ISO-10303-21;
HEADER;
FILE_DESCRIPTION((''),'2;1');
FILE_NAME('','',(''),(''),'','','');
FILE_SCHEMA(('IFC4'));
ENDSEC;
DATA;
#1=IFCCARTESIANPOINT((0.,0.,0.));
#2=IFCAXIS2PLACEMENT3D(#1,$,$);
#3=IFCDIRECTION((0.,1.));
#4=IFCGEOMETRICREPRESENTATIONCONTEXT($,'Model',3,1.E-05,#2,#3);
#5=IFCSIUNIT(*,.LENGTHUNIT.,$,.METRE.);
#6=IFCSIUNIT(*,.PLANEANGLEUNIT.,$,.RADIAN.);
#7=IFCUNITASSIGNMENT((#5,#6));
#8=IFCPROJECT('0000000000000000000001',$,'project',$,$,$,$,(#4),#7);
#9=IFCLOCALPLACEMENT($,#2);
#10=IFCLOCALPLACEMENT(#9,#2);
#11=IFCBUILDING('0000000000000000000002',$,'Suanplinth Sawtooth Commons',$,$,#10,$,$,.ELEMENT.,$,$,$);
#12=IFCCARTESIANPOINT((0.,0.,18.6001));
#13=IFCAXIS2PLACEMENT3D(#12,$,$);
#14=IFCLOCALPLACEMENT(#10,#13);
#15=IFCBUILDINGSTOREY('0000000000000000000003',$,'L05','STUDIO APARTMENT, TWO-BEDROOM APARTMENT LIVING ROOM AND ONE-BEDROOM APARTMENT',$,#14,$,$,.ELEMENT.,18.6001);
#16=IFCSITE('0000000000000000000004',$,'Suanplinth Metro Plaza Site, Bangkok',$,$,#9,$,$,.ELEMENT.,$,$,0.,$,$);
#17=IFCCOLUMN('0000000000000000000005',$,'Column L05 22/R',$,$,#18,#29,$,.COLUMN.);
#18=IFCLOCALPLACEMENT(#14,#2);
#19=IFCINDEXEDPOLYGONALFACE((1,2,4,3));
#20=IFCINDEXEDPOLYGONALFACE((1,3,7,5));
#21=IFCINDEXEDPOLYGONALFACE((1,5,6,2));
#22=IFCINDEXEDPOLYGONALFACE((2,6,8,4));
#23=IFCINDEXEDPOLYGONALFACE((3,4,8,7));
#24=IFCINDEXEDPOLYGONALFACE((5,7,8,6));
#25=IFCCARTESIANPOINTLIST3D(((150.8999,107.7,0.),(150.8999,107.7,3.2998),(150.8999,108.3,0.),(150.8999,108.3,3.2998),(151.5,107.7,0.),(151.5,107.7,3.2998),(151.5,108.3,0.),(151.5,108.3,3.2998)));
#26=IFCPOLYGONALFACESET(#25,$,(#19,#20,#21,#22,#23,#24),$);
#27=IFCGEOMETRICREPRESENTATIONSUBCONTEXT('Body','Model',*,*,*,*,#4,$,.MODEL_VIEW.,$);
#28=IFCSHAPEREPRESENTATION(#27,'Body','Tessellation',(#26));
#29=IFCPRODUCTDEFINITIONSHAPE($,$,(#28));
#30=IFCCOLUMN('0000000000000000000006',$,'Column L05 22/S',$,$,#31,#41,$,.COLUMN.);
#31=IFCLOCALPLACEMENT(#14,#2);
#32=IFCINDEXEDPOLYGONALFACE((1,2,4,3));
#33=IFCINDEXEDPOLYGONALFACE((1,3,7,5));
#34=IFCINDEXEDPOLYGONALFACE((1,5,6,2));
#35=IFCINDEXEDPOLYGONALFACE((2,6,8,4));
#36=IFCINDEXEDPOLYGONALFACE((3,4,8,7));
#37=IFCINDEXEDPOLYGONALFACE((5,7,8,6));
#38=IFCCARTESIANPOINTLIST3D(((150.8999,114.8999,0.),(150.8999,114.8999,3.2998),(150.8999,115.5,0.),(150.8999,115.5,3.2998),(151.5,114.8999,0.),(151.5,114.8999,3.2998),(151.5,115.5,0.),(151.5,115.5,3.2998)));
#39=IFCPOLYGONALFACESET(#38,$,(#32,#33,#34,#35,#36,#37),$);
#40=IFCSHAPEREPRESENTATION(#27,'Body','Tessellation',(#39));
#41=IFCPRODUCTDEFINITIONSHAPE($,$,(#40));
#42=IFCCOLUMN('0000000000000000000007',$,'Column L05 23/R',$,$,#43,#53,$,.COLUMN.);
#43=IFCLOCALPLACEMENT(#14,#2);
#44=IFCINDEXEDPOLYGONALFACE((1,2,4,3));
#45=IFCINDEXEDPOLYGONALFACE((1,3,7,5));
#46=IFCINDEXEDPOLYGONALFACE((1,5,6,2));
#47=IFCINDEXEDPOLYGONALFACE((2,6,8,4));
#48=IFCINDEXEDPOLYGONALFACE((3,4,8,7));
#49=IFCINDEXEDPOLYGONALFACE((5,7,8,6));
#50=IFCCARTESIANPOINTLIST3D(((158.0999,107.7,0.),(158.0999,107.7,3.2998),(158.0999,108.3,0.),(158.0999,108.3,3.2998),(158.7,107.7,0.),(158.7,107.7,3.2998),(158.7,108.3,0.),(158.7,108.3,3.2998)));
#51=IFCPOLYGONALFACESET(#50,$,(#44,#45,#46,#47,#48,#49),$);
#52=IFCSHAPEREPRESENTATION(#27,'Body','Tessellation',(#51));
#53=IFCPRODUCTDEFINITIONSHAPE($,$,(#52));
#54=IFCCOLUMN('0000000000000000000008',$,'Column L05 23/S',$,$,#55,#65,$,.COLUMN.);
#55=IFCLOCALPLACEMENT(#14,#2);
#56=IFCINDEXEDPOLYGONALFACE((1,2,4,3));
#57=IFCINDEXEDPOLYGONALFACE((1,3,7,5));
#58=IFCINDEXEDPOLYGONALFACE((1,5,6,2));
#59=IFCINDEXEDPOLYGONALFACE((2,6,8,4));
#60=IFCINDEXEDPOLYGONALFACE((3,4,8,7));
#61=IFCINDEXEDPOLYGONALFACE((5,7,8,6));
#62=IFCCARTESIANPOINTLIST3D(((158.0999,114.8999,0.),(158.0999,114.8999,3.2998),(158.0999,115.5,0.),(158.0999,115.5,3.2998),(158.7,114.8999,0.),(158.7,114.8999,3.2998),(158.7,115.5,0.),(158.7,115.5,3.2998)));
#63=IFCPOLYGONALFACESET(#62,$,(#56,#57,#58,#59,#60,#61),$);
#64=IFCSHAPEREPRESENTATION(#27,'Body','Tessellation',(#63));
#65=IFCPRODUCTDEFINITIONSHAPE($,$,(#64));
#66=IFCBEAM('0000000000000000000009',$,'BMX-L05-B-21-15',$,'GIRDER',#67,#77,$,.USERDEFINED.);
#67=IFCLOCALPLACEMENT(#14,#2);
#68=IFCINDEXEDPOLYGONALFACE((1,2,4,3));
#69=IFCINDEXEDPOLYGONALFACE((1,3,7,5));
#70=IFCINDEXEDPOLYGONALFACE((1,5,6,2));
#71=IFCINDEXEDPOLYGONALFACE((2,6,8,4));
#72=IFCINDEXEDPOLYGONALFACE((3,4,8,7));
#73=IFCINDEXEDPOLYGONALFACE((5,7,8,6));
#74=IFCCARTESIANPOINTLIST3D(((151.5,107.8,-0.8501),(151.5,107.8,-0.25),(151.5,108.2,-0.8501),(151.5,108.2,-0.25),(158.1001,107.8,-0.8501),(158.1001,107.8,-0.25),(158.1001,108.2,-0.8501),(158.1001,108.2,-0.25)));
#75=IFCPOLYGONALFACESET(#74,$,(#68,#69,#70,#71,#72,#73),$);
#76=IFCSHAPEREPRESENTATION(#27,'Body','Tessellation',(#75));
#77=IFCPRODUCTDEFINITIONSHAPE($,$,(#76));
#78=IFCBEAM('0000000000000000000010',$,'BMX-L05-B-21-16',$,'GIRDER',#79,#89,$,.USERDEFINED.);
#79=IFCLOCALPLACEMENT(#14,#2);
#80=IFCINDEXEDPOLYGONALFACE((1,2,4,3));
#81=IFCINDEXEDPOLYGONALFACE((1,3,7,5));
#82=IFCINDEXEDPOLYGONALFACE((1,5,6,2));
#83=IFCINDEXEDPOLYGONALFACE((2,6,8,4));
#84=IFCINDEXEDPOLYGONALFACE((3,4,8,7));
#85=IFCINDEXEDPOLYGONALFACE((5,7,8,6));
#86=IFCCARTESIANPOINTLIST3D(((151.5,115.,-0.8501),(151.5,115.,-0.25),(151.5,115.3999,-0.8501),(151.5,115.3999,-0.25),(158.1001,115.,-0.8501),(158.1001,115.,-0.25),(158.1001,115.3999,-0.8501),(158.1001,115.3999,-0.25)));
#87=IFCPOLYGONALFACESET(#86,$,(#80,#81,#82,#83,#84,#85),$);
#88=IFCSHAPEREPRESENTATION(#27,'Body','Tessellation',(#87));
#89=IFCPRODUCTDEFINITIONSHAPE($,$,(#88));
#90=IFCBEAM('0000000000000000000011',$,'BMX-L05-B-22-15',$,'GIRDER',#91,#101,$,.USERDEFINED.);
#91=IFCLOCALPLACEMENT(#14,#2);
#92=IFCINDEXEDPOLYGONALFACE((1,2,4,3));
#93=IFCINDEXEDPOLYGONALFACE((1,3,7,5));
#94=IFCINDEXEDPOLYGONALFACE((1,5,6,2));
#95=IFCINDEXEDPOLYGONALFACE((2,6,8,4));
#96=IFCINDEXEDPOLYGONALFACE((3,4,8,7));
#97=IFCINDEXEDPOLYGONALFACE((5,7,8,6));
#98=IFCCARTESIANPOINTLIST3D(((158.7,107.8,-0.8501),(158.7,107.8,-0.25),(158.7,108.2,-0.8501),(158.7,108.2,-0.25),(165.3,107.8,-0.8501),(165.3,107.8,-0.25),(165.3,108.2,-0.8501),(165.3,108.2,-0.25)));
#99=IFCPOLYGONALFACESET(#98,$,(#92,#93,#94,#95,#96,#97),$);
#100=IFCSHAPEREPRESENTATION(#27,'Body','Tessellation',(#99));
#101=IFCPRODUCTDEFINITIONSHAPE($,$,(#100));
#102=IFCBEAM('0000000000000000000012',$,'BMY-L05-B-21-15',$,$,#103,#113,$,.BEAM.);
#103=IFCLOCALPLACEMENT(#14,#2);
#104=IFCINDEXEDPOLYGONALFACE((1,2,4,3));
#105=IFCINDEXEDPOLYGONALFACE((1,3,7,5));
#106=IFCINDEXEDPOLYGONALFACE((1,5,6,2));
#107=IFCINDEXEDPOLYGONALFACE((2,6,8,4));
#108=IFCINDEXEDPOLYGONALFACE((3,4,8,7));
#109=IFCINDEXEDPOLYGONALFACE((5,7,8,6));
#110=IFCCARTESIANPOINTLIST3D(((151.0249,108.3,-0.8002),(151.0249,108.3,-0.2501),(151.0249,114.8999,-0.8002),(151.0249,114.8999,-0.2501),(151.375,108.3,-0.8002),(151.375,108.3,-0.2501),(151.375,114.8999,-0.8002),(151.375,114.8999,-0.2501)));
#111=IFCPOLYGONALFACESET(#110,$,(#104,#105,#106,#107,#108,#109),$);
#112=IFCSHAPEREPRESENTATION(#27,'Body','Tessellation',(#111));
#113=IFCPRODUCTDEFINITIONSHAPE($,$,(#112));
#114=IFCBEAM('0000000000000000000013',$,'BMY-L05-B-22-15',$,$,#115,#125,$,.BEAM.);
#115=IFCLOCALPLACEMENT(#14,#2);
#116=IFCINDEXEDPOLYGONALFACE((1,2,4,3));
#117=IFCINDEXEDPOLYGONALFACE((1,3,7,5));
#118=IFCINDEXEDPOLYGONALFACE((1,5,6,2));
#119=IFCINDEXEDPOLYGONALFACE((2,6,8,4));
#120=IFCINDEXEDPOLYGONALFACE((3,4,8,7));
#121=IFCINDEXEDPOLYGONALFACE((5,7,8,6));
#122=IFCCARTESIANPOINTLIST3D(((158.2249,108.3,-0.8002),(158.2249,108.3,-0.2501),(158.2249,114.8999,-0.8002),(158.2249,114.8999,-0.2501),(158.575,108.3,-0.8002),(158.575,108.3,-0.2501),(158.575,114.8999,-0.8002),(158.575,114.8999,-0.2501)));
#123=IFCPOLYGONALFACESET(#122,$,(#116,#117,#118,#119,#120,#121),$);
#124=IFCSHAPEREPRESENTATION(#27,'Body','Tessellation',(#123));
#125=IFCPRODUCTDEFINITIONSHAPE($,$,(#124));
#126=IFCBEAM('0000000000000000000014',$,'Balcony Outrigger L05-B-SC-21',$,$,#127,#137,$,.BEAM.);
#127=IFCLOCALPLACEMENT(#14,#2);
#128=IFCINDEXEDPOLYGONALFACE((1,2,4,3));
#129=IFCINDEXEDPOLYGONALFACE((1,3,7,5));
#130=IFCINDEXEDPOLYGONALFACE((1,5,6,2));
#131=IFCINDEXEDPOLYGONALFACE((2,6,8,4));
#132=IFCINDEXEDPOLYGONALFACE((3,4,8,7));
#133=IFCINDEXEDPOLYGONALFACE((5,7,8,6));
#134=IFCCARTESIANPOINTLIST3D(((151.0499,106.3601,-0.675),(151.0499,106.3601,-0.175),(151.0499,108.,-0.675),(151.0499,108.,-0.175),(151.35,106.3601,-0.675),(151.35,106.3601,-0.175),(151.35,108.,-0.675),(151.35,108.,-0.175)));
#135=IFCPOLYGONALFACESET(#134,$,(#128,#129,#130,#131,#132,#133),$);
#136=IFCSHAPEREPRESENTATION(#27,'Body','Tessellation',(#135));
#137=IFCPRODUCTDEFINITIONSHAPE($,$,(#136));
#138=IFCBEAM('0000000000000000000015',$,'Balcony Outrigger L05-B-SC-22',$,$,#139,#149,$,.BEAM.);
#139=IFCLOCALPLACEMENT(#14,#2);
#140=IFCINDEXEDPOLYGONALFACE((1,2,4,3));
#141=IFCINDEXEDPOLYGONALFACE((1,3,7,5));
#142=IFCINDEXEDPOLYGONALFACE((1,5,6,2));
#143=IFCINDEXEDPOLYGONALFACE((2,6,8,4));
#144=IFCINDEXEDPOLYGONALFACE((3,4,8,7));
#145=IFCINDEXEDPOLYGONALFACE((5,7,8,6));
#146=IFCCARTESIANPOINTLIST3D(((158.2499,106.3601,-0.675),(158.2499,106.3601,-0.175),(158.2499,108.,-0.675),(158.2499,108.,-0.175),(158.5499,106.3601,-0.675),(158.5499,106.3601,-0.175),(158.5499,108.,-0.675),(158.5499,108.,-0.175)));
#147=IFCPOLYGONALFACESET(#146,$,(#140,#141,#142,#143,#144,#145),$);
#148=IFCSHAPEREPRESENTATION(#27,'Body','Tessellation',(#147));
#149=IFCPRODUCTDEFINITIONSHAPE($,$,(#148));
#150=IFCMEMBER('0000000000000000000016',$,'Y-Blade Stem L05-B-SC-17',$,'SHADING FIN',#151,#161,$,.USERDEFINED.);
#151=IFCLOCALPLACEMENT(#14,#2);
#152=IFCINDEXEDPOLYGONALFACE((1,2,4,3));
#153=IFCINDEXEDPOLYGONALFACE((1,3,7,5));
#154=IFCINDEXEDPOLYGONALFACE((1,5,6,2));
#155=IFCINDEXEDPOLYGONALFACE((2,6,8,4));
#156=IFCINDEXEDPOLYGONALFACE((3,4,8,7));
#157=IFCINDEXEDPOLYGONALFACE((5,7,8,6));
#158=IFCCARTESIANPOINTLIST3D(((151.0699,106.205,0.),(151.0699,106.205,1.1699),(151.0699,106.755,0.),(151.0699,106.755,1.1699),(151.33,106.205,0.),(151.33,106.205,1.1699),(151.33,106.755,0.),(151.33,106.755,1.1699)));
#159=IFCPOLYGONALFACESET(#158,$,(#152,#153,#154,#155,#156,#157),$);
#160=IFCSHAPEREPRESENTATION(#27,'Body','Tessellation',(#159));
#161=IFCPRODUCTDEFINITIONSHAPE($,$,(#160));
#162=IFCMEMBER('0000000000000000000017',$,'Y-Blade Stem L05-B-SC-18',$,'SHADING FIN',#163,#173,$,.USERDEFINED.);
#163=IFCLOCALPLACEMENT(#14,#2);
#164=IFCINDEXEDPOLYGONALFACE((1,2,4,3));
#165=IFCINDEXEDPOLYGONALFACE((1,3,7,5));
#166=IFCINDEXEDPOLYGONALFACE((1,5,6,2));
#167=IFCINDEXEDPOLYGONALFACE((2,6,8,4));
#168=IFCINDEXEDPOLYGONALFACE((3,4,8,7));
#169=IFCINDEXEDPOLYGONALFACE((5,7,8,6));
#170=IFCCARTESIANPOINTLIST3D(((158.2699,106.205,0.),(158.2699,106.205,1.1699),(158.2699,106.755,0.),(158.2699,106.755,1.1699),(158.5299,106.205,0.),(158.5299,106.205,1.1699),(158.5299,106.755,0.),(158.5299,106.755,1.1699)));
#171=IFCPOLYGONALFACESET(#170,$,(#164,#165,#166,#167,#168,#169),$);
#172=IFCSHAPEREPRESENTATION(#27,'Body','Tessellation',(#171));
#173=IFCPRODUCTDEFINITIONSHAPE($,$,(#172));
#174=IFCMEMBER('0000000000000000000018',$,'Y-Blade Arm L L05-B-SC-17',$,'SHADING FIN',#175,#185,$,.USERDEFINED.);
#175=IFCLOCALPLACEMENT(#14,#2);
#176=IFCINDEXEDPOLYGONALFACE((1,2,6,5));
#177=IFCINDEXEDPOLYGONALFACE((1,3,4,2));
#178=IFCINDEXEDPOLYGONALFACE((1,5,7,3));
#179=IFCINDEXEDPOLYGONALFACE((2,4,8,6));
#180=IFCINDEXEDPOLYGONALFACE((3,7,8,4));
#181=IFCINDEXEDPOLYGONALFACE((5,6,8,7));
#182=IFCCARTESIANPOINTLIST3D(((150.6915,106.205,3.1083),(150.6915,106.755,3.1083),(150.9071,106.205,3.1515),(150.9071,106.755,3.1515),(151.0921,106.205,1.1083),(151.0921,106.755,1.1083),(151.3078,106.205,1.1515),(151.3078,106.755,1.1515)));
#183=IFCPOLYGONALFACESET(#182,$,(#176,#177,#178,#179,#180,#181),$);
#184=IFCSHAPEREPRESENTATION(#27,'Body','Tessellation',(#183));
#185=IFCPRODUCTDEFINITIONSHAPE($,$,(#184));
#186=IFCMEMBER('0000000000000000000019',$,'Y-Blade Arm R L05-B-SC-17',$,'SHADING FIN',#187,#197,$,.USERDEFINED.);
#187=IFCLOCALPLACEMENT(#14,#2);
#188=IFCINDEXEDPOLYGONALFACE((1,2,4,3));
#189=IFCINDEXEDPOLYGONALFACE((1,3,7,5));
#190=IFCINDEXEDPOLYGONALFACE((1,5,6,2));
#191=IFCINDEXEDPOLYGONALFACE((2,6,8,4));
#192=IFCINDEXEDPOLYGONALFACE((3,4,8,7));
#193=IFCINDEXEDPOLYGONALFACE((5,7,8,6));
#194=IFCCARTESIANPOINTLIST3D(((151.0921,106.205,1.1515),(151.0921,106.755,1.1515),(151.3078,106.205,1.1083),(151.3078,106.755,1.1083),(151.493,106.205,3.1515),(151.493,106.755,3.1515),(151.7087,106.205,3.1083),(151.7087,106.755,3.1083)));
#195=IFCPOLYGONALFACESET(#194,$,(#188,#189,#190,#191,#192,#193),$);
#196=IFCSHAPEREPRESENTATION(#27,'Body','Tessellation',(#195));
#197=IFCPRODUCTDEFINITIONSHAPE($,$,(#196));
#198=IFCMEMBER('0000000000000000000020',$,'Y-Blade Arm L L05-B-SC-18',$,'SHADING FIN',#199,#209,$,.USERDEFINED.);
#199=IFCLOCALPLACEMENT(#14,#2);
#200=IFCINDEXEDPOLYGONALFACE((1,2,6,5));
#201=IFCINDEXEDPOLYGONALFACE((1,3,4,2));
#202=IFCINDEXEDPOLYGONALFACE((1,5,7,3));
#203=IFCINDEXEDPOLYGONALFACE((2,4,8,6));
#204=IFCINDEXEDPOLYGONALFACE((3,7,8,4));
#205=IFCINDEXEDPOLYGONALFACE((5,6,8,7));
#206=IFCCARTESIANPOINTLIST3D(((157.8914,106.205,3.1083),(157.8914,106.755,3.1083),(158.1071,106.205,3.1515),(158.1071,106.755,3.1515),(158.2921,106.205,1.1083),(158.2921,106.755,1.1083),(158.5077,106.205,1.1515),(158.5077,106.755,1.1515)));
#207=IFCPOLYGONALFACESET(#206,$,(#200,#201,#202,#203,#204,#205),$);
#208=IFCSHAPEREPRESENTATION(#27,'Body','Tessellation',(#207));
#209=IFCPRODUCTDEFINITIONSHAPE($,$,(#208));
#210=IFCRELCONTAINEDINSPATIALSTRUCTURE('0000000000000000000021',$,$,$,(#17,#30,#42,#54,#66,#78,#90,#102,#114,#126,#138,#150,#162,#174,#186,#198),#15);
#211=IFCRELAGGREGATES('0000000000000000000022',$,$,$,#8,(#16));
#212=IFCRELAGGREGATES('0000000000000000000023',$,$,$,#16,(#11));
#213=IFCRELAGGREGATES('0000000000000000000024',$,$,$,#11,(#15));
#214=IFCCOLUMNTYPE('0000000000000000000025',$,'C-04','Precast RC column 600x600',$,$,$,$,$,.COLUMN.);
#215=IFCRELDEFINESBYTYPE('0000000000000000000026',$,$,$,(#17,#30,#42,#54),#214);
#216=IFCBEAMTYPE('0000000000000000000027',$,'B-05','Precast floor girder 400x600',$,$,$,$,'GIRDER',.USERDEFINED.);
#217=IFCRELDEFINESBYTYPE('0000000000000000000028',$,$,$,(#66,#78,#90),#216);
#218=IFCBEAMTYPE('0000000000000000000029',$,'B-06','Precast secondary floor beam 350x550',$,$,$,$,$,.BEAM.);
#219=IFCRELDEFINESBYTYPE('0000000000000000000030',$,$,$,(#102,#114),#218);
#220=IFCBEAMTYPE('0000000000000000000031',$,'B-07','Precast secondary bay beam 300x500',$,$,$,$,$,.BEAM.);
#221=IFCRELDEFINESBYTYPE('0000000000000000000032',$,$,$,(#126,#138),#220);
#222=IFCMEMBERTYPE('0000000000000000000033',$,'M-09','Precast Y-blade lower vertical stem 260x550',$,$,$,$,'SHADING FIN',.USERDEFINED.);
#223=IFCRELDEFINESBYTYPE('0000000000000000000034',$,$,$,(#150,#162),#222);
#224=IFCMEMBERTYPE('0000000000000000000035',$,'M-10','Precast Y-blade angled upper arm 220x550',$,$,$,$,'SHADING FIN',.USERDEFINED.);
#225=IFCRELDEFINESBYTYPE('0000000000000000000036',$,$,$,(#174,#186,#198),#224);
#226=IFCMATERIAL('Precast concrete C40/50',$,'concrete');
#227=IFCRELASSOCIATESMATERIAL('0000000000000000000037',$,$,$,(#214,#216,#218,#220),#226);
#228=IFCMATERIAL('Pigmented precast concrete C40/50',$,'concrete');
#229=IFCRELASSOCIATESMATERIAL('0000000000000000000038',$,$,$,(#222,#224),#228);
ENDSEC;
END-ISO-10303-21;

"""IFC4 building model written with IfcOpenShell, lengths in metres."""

from ifc_helpers import new_model, si_unit, direction, frame, origin, origin_2d, place, context, subcontext, project, spatial, rectangle, extrude, material, material_profile, profile_set, type_object, element, save


model = new_model("IFC4")

# Units and contexts
model_context = context("Model", 3, precision=1e-05, world=origin(), true_north=direction((0.0, 1.0)))
body_context = subcontext(model_context, "Body", "Model", "MODEL_VIEW")
ifc_project = project(units=[si_unit("LENGTHUNIT", "METRE"), si_unit("PLANEANGLEUNIT", "RADIAN")], contexts=[model_context])

# Site, building, storey
site_placement = place(None, origin())
site = spatial("IfcSite", under=ifc_project, at=site_placement, Name="Suanplinth Metro Plaza Site, Bangkok", CompositionType="ELEMENT", RefElevation=0.0)
building_placement = place(site_placement, origin())
building = spatial("IfcBuilding", under=site, at=building_placement, Name="Suanplinth Sawtooth Commons", CompositionType="ELEMENT")
storey_placement = place(building_placement, frame((0.0, 0.0, 18.6001)))
storey = spatial("IfcBuildingStorey", under=building, at=storey_placement, Name="L05", Description="STUDIO APARTMENT, TWO-BEDROOM APARTMENT LIVING ROOM AND ONE-BEDROOM APARTMENT", CompositionType="ELEMENT", Elevation=18.6001)

# Columns
ifc_material_1 = material(Name="Precast concrete C40/50", Category="concrete")
ifc_material_profile_1 = material_profile(ifc_material_1, rectangle(XDim=0.6001, YDim=0.6001, at=origin_2d()), Name="PC-COL 600x600")
ifc_profile_set_1 = profile_set([ifc_material_profile_1], Name="Precast concrete C40/50")
column_type = type_object("IfcColumnType", Name="C-04", Description="Precast RC column 600x600", PredefinedType="COLUMN", material=ifc_profile_set_1)
for number, where, z_axis, x_axis, name in (
    (1, (151.2, 108.0, 0.0), (0.0, 0.0, 1.0), (1.0, 0.0, 0.0), "Column L05 22/R"),
    (2, (151.2, 115.2, 0.0), (0.0, 0.0, 1.0), (1.0, 0.0, 0.0), "Column L05 22/S"),
    (3, (158.3999, 108.0, 0.0), (0.0, 0.0, 1.0), (1.0, 0.0, 0.0), "Column L05 23/R"),
    (4, (158.3999, 115.2, 0.0), (0.0, 0.0, 1.0), (1.0, 0.0, 0.0), "Column L05 23/S"),
):
    element("IfcColumn", number, at=place(storey_placement, frame(where, z_axis=z_axis, x_axis=x_axis)), inside=storey, type_object=column_type, Name=name, PredefinedType="COLUMN", context=body_context, shape_type="SweptSolid", body=[
        extrude(rectangle(XDim=0.6001, YDim=0.6001, at=origin_2d()), origin(), (0.0, 0.0, 1.0), 3.2998),
    ])

# Beams
ifc_material_profile_2 = material_profile(ifc_material_1, rectangle(XDim=0.3999, YDim=0.6001, at=origin_2d()), Name="PC-GDR 400x600")
ifc_profile_set_2 = profile_set([ifc_material_profile_2], Name="Precast concrete C40/50")
beam_type_1 = type_object("IfcBeamType", Name="B-05", Description="Precast floor girder 400x600", ElementType="GIRDER", PredefinedType="USERDEFINED", material=ifc_profile_set_2)
for number, where, z_axis, x_axis, name in (
    (5, (151.5, 108.0, -0.55), (1.0, 0.0, 0.0), (0.0, 1.0, 0.0), "BMX-L05-B-21-15"),
    (6, (151.5, 115.2, -0.55), (1.0, 0.0, 0.0), (0.0, 1.0, 0.0), "BMX-L05-B-21-16"),
    (7, (158.7, 108.0, -0.55), (1.0, 0.0, 0.0), (0.0, 1.0, 0.0), "BMX-L05-B-22-15"),
):
    element("IfcBeam", number, at=place(storey_placement, frame(where, z_axis=z_axis, x_axis=x_axis)), inside=storey, type_object=beam_type_1, Name=name, ObjectType="GIRDER", PredefinedType="USERDEFINED", context=body_context, shape_type="SweptSolid", body=[
        extrude(rectangle(XDim=0.3999, YDim=0.6001, at=origin_2d()), origin(), (0.0, 0.0, 1.0), 6.6001),
    ])
ifc_material_profile_3 = material_profile(ifc_material_1, rectangle(XDim=0.3501, YDim=0.55, at=origin_2d()), Name="PC-BM 350x550")
ifc_profile_set_3 = profile_set([ifc_material_profile_3], Name="Precast concrete C40/50")
beam_type_2 = type_object("IfcBeamType", Name="B-06", Description="Precast secondary floor beam 350x550", PredefinedType="BEAM", material=ifc_profile_set_3)
for number, where, z_axis, x_axis, name in (
    (8, (151.2, 108.3, -0.5251), (0.0, 1.0, 0.0), (-1.0, 0.0, 0.0), "BMY-L05-B-21-15"),
    (9, (158.3999, 108.3, -0.5251), (0.0, 1.0, 0.0), (-1.0, 0.0, 0.0), "BMY-L05-B-22-15"),
):
    element("IfcBeam", number, at=place(storey_placement, frame(where, z_axis=z_axis, x_axis=x_axis)), inside=storey, type_object=beam_type_2, Name=name, PredefinedType="BEAM", context=body_context, shape_type="SweptSolid", body=[
        extrude(rectangle(XDim=0.3501, YDim=0.55, at=origin_2d()), origin(), (0.0, 0.0, 1.0), 6.5999),
    ])
ifc_material_profile_4 = material_profile(ifc_material_1, rectangle(XDim=0.3, YDim=0.5, at=origin_2d()), Name="PC-BM 300x500")
ifc_profile_set_4 = profile_set([ifc_material_profile_4], Name="Precast concrete C40/50")
beam_type_3 = type_object("IfcBeamType", Name="B-07", Description="Precast secondary bay beam 300x500", PredefinedType="BEAM", material=ifc_profile_set_4)
for number, where, z_axis, x_axis, name in (
    (10, (151.2, 108.0, -0.425), (0.0, -1.0, 0.0), (1.0, 0.0, 0.0), "Balcony Outrigger L05-B-SC-21"),
    (11, (158.3999, 108.0, -0.425), (0.0, -1.0, 0.0), (1.0, 0.0, 0.0), "Balcony Outrigger L05-B-SC-22"),
):
    element("IfcBeam", number, at=place(storey_placement, frame(where, z_axis=z_axis, x_axis=x_axis)), inside=storey, type_object=beam_type_3, Name=name, PredefinedType="BEAM", context=body_context, shape_type="SweptSolid", body=[
        extrude(rectangle(XDim=0.3, YDim=0.5, at=origin_2d()), origin(), (0.0, 0.0, 1.0), 1.6399),
    ])

# Members
ifc_material_2 = material(Name="Pigmented precast concrete C40/50", Category="concrete")
ifc_material_profile_5 = material_profile(ifc_material_2, rectangle(XDim=0.26, YDim=0.55, at=origin_2d()), Name="PC-FIN 260x550")
ifc_profile_set_5 = profile_set([ifc_material_profile_5], Name="Pigmented precast concrete C40/50")
member_type_1 = type_object("IfcMemberType", Name="M-09", Description="Precast Y-blade lower vertical stem 260x550", ElementType="SHADING FIN", PredefinedType="USERDEFINED", material=ifc_profile_set_5)
for number, where, z_axis, x_axis, name in (
    (12, (151.2, 106.48, 0.0), (0.0, 0.0, 1.0), (1.0, 0.0, 0.0), "Y-Blade Stem L05-B-SC-17"),
    (13, (158.3999, 106.48, 0.0), (0.0, 0.0, 1.0), (1.0, 0.0, 0.0), "Y-Blade Stem L05-B-SC-18"),
):
    element("IfcMember", number, at=place(storey_placement, frame(where, z_axis=z_axis, x_axis=x_axis)), inside=storey, type_object=member_type_1, Name=name, ObjectType="SHADING FIN", PredefinedType="USERDEFINED", context=body_context, shape_type="SweptSolid", body=[
        extrude(rectangle(XDim=0.26, YDim=0.55, at=origin_2d()), origin(), (0.0, 0.0, 1.0), 1.1699),
    ])
ifc_material_profile_6 = material_profile(ifc_material_2, rectangle(XDim=0.22, YDim=0.55, at=origin_2d()), Name="PC-FIN 220x550")
ifc_profile_set_6 = profile_set([ifc_material_profile_6], Name="Pigmented precast concrete C40/50")
member_type_2 = type_object("IfcMemberType", Name="M-10", Description="Precast Y-blade angled upper arm 220x550", ElementType="SHADING FIN", PredefinedType="USERDEFINED", material=ifc_profile_set_6)
for number, where, z_axis, x_axis, name in (
    (14, (151.2, 106.48, 1.1299), (-0.196415, 0.0, 0.980521), (0.980521, 0.0, 0.196415), "Y-Blade Arm L L05-B-SC-17"),
    (15, (151.2, 106.48, 1.1299), (0.19653, 0.0, 0.980498), (-0.980498, 0.0, 0.19653), "Y-Blade Arm R L05-B-SC-17"),
    (16, (158.3999, 106.48, 1.1299), (-0.196415, 0.0, 0.980521), (0.980521, 0.0, 0.196415), "Y-Blade Arm L L05-B-SC-18"),
):
    element("IfcMember", number, at=place(storey_placement, frame(where, z_axis=z_axis, x_axis=x_axis)), inside=storey, type_object=member_type_2, Name=name, ObjectType="SHADING FIN", PredefinedType="USERDEFINED", context=body_context, shape_type="SweptSolid", body=[
        extrude(rectangle(XDim=0.22, YDim=0.55, at=origin_2d()), origin(), (0.0, 0.0, 1.0), 2.0398),
    ])

save(model, "model.ifc")
